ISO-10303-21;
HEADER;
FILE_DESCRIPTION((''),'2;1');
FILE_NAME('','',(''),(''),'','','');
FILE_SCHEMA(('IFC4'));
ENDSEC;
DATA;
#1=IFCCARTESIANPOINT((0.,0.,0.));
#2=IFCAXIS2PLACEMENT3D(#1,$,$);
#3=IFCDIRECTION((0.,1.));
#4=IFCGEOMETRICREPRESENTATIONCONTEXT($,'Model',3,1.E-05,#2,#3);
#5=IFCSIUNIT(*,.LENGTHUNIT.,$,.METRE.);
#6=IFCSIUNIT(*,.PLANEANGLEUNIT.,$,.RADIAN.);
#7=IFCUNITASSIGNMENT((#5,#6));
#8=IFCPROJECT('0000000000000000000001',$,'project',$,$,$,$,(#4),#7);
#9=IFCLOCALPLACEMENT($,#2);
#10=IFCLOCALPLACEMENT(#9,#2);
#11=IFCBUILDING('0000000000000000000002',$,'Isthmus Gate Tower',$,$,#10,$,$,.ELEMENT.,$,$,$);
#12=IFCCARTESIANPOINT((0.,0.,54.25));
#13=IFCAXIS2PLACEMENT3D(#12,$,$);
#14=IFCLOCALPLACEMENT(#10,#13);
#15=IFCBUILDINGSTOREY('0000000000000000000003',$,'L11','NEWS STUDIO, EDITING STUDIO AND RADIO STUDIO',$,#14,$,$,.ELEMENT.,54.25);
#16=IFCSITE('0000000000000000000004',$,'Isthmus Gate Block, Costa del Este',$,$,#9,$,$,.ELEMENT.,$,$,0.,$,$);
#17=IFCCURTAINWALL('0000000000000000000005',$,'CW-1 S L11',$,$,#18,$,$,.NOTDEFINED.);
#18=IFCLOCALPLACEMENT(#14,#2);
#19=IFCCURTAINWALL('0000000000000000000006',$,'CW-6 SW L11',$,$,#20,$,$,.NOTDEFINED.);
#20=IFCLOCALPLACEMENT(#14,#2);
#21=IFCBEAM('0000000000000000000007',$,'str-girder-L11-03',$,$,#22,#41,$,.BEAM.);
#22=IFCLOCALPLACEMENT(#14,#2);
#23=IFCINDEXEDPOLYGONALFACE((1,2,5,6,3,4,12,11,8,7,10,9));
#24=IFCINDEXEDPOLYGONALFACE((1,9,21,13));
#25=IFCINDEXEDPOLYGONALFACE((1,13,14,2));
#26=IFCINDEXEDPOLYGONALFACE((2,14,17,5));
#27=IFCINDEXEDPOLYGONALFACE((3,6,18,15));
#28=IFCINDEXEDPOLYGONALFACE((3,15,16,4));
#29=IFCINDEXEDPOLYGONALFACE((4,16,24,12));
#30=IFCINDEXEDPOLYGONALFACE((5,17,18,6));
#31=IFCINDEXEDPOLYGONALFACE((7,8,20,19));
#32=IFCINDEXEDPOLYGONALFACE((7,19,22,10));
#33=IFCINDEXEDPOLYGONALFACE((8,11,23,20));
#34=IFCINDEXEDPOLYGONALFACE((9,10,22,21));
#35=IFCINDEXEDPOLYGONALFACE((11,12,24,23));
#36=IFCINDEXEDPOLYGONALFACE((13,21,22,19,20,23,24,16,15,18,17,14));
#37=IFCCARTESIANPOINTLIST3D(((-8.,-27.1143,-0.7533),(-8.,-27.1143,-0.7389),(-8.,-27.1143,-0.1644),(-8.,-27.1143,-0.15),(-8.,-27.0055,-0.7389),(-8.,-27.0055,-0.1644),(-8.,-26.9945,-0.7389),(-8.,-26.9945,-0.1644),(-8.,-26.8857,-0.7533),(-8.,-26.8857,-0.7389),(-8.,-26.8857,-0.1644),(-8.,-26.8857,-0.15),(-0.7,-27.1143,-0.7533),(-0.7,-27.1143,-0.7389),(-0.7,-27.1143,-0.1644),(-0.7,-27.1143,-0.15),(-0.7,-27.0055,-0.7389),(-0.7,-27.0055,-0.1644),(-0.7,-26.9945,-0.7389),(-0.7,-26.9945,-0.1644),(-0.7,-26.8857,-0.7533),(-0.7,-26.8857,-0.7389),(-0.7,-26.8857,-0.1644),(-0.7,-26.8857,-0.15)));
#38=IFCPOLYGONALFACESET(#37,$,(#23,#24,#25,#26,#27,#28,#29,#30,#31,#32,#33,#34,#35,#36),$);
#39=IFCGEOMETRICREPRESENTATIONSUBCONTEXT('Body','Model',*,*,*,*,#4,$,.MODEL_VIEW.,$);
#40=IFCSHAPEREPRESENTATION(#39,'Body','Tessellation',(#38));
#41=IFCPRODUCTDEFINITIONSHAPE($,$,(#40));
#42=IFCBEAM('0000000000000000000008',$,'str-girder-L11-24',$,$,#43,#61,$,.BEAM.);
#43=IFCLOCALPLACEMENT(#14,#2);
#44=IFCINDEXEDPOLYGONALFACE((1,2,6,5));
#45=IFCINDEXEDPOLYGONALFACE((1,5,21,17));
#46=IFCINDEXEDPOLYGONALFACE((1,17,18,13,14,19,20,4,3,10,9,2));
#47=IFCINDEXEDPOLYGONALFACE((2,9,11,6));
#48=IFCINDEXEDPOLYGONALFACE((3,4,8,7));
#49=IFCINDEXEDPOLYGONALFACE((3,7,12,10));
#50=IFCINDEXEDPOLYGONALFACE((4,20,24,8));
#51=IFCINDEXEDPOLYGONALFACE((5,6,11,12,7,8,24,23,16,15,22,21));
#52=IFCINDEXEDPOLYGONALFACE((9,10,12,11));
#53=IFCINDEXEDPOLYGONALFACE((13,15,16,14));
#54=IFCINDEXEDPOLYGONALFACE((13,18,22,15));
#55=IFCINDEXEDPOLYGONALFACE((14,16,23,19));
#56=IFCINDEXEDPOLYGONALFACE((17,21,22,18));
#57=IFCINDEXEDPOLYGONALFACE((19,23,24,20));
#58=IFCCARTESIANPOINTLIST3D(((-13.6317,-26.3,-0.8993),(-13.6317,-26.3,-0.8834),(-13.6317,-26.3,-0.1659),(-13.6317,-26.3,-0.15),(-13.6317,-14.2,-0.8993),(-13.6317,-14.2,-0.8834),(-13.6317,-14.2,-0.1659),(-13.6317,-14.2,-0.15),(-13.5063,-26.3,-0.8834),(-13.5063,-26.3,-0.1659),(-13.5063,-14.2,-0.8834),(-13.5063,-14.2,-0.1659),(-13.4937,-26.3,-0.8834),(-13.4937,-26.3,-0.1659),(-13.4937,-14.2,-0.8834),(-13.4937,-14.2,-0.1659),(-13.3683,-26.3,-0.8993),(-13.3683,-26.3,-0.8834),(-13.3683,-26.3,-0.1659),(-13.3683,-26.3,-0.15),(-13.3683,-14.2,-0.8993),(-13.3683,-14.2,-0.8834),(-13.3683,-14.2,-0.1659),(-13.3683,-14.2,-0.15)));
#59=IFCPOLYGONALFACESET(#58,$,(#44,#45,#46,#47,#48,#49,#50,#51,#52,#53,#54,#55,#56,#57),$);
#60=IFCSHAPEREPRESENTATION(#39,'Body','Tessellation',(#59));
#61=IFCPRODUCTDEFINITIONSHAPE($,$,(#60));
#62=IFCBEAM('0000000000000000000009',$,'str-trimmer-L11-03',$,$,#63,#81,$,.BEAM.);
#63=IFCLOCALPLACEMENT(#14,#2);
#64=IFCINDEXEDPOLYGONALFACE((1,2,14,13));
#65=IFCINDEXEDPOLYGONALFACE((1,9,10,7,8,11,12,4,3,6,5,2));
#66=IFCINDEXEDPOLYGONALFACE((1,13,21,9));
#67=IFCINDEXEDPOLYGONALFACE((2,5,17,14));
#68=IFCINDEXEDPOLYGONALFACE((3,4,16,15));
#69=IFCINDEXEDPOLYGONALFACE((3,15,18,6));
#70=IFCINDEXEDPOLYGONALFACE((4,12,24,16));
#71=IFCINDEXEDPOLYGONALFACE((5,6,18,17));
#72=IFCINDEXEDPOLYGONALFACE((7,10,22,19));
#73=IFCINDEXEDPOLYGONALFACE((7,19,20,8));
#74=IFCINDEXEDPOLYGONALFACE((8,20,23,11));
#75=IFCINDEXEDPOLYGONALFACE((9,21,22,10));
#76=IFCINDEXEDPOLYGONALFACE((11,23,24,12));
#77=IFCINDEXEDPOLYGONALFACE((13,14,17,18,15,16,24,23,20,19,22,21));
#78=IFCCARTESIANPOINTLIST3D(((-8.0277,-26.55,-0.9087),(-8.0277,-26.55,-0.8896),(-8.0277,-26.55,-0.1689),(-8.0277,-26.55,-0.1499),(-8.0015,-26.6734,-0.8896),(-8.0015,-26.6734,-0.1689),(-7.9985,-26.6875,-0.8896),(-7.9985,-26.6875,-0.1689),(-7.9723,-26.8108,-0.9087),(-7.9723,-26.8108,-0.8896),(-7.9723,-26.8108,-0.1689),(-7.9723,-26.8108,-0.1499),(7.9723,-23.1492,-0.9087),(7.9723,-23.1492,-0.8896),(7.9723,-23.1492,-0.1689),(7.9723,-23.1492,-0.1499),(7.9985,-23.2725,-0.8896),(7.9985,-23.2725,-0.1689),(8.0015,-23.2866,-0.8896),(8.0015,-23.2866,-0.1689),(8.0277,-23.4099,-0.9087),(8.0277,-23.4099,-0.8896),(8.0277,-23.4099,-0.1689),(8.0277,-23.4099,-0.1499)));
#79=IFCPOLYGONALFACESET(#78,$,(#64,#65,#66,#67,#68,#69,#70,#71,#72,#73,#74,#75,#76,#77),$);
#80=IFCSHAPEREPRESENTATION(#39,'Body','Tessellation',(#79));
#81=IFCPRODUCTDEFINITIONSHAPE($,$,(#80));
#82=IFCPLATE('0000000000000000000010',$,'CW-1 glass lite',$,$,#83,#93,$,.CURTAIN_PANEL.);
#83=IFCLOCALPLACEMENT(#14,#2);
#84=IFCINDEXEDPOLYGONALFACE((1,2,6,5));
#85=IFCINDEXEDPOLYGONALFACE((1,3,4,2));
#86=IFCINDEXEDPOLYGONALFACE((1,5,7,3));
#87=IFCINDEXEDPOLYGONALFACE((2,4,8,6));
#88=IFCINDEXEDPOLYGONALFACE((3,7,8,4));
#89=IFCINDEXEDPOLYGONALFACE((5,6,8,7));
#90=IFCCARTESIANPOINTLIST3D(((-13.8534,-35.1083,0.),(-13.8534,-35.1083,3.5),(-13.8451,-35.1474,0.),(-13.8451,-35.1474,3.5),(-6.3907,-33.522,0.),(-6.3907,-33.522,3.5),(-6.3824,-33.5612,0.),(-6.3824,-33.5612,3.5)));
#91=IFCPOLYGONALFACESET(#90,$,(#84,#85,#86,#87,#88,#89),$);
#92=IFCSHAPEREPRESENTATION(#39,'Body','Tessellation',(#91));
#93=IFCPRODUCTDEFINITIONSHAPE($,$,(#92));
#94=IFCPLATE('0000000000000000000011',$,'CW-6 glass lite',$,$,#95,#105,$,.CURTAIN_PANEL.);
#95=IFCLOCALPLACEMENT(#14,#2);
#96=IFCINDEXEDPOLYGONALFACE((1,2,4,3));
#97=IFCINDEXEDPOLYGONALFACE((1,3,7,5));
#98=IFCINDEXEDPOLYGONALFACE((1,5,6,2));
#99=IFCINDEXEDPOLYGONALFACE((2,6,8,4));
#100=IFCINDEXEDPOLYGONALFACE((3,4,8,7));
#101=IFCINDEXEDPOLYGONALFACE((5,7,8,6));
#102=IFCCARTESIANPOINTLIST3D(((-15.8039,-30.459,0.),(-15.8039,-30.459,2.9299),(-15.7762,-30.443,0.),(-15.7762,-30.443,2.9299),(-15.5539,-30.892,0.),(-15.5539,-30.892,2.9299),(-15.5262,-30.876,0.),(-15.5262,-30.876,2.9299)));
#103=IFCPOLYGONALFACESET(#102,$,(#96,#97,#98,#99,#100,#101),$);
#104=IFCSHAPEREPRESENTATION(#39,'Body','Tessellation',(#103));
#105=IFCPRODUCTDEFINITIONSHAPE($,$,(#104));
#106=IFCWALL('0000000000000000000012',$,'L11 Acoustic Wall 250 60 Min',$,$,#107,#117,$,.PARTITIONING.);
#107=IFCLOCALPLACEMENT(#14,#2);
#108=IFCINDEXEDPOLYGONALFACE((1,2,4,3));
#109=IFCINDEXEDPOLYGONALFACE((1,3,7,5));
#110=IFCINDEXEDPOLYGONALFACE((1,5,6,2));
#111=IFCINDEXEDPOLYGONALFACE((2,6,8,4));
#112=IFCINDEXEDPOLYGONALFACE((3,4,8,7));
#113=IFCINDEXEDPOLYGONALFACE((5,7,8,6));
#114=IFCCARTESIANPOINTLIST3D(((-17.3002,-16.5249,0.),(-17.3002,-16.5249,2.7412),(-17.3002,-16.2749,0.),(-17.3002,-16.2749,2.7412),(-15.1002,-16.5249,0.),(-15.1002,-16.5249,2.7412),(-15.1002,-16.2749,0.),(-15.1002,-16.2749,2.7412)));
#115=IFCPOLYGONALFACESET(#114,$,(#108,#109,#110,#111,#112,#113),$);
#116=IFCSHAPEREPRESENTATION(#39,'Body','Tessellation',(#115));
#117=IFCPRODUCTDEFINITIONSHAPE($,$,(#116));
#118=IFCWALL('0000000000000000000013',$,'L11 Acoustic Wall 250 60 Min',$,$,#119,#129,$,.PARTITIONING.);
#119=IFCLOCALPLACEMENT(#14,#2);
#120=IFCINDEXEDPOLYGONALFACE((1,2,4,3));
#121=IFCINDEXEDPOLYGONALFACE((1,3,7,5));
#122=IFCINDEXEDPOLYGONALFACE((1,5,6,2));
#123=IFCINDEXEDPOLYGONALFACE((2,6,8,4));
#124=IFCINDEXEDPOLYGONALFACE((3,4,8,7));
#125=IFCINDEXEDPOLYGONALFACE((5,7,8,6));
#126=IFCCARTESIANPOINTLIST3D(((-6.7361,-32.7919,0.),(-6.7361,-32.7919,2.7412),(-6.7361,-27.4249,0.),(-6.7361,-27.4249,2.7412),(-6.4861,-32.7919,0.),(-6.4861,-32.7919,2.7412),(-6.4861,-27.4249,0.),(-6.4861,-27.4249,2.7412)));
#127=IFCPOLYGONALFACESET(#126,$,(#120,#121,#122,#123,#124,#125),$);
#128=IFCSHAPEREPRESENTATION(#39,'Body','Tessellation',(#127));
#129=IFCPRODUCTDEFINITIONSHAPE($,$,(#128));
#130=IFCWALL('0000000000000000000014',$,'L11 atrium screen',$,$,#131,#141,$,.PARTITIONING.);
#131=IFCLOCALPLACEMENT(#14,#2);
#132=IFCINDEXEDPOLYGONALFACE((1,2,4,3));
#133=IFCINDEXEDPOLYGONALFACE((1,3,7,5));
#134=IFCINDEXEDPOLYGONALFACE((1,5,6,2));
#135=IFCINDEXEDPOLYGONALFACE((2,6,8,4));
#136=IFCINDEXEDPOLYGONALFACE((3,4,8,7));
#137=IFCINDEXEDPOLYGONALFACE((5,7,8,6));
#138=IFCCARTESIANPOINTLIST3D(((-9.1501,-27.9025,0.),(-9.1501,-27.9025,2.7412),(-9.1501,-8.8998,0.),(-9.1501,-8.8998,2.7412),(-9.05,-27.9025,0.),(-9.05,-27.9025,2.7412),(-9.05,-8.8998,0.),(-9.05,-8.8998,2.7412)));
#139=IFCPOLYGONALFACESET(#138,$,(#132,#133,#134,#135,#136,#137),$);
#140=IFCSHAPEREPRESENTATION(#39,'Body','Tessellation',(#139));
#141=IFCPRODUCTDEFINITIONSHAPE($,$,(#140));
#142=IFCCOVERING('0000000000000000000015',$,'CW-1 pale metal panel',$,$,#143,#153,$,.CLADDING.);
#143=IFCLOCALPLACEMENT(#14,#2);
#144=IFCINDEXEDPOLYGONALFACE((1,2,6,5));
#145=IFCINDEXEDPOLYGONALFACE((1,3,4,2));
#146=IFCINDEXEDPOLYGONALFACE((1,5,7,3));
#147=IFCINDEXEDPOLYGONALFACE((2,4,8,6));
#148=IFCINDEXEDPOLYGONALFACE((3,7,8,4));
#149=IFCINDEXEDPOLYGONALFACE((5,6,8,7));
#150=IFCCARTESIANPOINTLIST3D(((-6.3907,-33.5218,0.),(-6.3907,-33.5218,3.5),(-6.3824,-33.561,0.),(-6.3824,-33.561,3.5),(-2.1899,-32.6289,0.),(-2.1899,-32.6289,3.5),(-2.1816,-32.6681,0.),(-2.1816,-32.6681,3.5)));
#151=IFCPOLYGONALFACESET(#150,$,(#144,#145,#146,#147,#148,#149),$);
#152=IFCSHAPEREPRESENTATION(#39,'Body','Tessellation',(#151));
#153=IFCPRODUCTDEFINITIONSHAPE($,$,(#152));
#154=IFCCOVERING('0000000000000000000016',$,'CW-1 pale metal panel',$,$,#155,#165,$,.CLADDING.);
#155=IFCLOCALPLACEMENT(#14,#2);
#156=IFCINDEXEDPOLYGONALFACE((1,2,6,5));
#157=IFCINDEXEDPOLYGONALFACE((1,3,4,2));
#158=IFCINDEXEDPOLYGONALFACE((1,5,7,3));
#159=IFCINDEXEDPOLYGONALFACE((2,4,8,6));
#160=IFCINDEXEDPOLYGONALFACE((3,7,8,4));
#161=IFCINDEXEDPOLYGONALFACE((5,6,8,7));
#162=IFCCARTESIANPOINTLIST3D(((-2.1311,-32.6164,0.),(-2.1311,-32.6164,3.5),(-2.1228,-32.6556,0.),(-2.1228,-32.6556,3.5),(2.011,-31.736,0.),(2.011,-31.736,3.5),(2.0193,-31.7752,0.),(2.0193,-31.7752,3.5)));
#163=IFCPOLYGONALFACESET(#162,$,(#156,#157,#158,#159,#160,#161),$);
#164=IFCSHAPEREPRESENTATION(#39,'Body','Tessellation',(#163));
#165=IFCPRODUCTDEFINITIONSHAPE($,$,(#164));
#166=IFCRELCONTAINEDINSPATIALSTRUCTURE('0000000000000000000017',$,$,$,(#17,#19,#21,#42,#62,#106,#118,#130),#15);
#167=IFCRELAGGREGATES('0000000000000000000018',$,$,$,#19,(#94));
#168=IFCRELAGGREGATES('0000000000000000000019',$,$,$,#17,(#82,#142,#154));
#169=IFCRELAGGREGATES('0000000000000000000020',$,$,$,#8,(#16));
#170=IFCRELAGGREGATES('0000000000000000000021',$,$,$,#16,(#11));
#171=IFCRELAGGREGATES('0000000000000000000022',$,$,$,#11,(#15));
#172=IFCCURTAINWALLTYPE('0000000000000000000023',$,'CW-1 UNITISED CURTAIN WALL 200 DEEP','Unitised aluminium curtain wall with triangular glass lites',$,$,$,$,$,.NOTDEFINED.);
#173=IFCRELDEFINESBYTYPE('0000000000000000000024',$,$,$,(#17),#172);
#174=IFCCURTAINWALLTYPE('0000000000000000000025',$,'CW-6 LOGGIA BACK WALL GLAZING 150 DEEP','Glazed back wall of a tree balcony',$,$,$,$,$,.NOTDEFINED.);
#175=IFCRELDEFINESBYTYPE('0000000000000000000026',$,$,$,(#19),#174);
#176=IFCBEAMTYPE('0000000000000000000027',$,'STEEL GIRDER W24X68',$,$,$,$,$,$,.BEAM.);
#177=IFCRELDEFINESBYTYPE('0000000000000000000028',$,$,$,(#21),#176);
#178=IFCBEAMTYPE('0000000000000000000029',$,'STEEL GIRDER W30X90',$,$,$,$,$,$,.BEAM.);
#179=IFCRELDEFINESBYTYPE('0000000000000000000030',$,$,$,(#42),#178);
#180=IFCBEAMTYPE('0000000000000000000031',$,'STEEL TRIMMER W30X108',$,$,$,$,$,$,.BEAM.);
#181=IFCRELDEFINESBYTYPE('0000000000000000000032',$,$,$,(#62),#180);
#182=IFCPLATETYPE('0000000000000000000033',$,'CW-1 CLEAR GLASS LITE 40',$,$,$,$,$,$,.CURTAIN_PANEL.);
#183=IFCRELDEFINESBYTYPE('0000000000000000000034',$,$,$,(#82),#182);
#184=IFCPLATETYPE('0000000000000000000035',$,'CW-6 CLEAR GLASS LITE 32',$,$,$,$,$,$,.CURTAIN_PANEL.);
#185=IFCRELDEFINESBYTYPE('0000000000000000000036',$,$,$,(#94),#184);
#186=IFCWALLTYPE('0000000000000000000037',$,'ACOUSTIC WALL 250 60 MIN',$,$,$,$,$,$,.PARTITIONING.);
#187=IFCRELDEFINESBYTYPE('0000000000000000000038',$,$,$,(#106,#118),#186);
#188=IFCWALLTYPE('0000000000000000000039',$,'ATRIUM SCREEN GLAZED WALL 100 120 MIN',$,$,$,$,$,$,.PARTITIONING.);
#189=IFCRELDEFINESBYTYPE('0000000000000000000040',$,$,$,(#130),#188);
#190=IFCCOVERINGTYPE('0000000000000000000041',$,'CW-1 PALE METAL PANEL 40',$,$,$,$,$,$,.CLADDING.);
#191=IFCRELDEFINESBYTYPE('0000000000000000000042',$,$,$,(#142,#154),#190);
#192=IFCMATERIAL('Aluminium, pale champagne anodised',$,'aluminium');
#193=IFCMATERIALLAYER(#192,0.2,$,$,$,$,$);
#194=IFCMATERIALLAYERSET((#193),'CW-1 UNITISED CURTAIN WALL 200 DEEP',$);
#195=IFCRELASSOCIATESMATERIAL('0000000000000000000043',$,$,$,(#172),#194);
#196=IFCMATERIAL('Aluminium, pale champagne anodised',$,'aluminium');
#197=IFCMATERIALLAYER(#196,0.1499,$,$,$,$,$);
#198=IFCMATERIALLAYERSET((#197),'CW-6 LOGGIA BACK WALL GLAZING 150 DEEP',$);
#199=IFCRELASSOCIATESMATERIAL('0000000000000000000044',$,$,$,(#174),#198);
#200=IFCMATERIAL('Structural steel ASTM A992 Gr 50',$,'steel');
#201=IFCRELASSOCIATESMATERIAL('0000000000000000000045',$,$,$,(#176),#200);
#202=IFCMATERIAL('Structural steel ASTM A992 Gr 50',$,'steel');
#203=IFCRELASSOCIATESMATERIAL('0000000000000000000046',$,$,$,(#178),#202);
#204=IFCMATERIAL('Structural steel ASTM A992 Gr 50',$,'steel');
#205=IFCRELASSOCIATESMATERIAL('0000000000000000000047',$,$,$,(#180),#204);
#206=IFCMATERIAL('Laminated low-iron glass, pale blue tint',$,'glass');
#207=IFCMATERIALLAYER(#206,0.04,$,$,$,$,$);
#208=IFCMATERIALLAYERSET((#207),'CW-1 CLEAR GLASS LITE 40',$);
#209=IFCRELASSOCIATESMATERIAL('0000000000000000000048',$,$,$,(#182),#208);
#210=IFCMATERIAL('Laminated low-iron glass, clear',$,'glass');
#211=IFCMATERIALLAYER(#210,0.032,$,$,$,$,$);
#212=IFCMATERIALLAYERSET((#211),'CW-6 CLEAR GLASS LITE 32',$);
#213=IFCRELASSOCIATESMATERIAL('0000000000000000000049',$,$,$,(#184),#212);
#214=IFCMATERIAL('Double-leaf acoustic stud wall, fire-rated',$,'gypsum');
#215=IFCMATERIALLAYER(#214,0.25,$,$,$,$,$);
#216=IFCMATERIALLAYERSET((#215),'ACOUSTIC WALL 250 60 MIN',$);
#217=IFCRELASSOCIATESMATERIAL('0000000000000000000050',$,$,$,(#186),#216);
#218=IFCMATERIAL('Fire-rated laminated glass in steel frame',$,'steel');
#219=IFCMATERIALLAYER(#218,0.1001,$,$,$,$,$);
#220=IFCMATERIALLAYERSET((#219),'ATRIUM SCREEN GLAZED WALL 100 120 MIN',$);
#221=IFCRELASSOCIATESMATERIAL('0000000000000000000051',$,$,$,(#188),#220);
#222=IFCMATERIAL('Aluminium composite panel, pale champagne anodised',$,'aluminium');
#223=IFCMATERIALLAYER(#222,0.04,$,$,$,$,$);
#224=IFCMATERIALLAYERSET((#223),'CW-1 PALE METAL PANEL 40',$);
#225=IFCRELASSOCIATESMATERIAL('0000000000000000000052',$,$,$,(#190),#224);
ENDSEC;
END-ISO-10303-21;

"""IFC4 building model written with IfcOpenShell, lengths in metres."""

from ifc_helpers import new_model, si_unit, direction, frame, frame_2d, origin, origin_2d, place, context, subcontext, project, spatial, rectangle, i_section, extrude, material, layer, layer_set, material_profile, profile_set, type_object, element, aggregate, save


model = new_model("IFC4")

# Units and contexts
model_context = context("Model", 3, precision=1e-05, world=origin(), true_north=direction((0.0, 1.0)))
body_context = subcontext(model_context, "Body", "Model", "MODEL_VIEW")
ifc_project = project(units=[si_unit("LENGTHUNIT", "METRE"), si_unit("PLANEANGLEUNIT", "RADIAN")], contexts=[model_context])

# Site, building, storey
site_placement = place(None, origin())
site = spatial("IfcSite", under=ifc_project, at=site_placement, Name="Isthmus Gate Block, Costa del Este", CompositionType="ELEMENT", RefElevation=0.0)
building_placement = place(site_placement, origin())
building = spatial("IfcBuilding", under=site, at=building_placement, Name="Isthmus Gate Tower", CompositionType="ELEMENT")
storey_placement = place(building_placement, frame((0.0, 0.0, 54.25)))
storey = spatial("IfcBuildingStorey", under=building, at=storey_placement, Name="L11", Description="NEWS STUDIO, EDITING STUDIO AND RADIO STUDIO", CompositionType="ELEMENT", Elevation=54.25)

# Curtain wall
ifc_material_1 = material(Name="Aluminium, pale champagne anodised", Category="aluminium")
ifc_layer_1 = layer(ifc_material_1, 0.2)
ifc_layer_set_1 = layer_set([ifc_layer_1], Name="CW-1 UNITISED CURTAIN WALL 200 DEEP")
curtain_wall_type_1 = type_object("IfcCurtainWallType", Name="CW-1 UNITISED CURTAIN WALL 200 DEEP", Description="Unitised aluminium curtain wall with triangular glass lites", PredefinedType="NOTDEFINED", material=ifc_layer_set_1)
curtain_wall_1_placement = place(storey_placement, origin())
curtain_wall_1 = element("IfcCurtainWall", 1, at=curtain_wall_1_placement, inside=storey, type_object=curtain_wall_type_1, Name="CW-1 S L11", PredefinedType="NOTDEFINED")

# Curtain wall
ifc_material_2 = material(Name="Aluminium, pale champagne anodised", Category="aluminium")
ifc_layer_2 = layer(ifc_material_2, 0.1499)
ifc_layer_set_2 = layer_set([ifc_layer_2], Name="CW-6 LOGGIA BACK WALL GLAZING 150 DEEP")
curtain_wall_type_2 = type_object("IfcCurtainWallType", Name="CW-6 LOGGIA BACK WALL GLAZING 150 DEEP", Description="Glazed back wall of a tree balcony", PredefinedType="NOTDEFINED", material=ifc_layer_set_2)
curtain_wall_2_placement = place(storey_placement, origin())
curtain_wall_2 = element("IfcCurtainWall", 2, at=curtain_wall_2_placement, inside=storey, type_object=curtain_wall_type_2, Name="CW-6 SW L11", PredefinedType="NOTDEFINED")

# Beams
ifc_material_3 = material(Name="Structural steel ASTM A992 Gr 50", Category="steel")
ifc_material_profile_1 = material_profile(ifc_material_3, i_section(OverallWidth=0.2285, OverallDepth=0.6033, WebThickness=0.011, FlangeThickness=0.0144, at=origin_2d()), Name="W24X68")
ifc_profile_set_1 = profile_set([ifc_material_profile_1], Name="Structural steel ASTM A992 Gr 50")
beam_type_1 = type_object("IfcBeamType", Name="STEEL GIRDER W24X68", PredefinedType="BEAM", material=ifc_profile_set_1)
beam_1_placement = place(storey_placement, frame((-8.0, -27.0, -0.4517), z_axis=(1.0, 0.0, 0.0), x_axis=(0.0, 1.0, 0.0)))
element("IfcBeam", 3, at=beam_1_placement, inside=storey, type_object=beam_type_1, Name="str-girder-L11-03", PredefinedType="BEAM", context=body_context, shape_type="SweptSolid", body=[
    extrude(i_section(OverallWidth=0.2285, OverallDepth=0.6033, WebThickness=0.011, FlangeThickness=0.0144, at=origin_2d()), origin(), (0.0, 0.0, 1.0), 7.3),
])
ifc_material_4 = material(Name="Structural steel ASTM A992 Gr 50", Category="steel")
ifc_material_profile_2 = material_profile(ifc_material_4, i_section(OverallWidth=0.2634, OverallDepth=0.7493, WebThickness=0.0127, FlangeThickness=0.0159, at=origin_2d()), Name="W30X90")
ifc_profile_set_2 = profile_set([ifc_material_profile_2], Name="Structural steel ASTM A992 Gr 50")
beam_type_2 = type_object("IfcBeamType", Name="STEEL GIRDER W30X90", PredefinedType="BEAM", material=ifc_profile_set_2)
beam_2_placement = place(storey_placement, frame((-13.5, -26.3, -0.5247), z_axis=(0.0, 1.0, 0.0), x_axis=(-1.0, 0.0, 0.0)))
element("IfcBeam", 4, at=beam_2_placement, inside=storey, type_object=beam_type_2, Name="str-girder-L11-24", PredefinedType="BEAM", context=body_context, shape_type="SweptSolid", body=[
    extrude(i_section(OverallWidth=0.2634, OverallDepth=0.7493, WebThickness=0.0127, FlangeThickness=0.0159, at=origin_2d()), origin(), (0.0, 0.0, 1.0), 12.1001),
])
ifc_material_5 = material(Name="Structural steel ASTM A992 Gr 50", Category="steel")
ifc_material_profile_3 = material_profile(ifc_material_5, i_section(OverallWidth=0.2666, OverallDepth=0.7588, WebThickness=0.0144, FlangeThickness=0.019, at=origin_2d()), Name="W30X108")
ifc_profile_set_3 = profile_set([ifc_material_profile_3], Name="Structural steel ASTM A992 Gr 50")
beam_type_3 = type_object("IfcBeamType", Name="STEEL TRIMMER W30X108", PredefinedType="BEAM", material=ifc_profile_set_3)
beam_3_placement = place(storey_placement, frame((-8.0, -26.6804, -0.5293), z_axis=(0.978148, 0.20791, 0.0), x_axis=(-0.20791, 0.978148, 0.0)))
element("IfcBeam", 5, at=beam_3_placement, inside=storey, type_object=beam_type_3, Name="str-trimmer-L11-03", PredefinedType="BEAM", context=body_context, shape_type="SweptSolid", body=[
    extrude(i_section(OverallWidth=0.2666, OverallDepth=0.7588, WebThickness=0.0144, FlangeThickness=0.019, at=origin_2d()), origin(), (0.0, 0.0, 1.0), 16.3574),
])

# Plates
ifc_material_6 = material(Name="Laminated low-iron glass, pale blue tint", Category="glass")
ifc_layer_3 = layer(ifc_material_6, 0.04)
ifc_layer_set_3 = layer_set([ifc_layer_3], Name="CW-1 CLEAR GLASS LITE 40")
plate_type_1 = type_object("IfcPlateType", Name="CW-1 CLEAR GLASS LITE 40", PredefinedType="CURTAIN_PANEL", material=ifc_layer_set_3)
plate_1_placement = place(storey_placement, frame((-10.1179, -34.3347, 0.0), z_axis=(0.0, 0.0, 1.0), x_axis=(0.978148, 0.207912, 0.0)))
plate_1 = element("IfcPlate", 6, at=plate_1_placement, type_object=plate_type_1, Name="CW-1 glass lite", PredefinedType="CURTAIN_PANEL", context=body_context, shape_type="SweptSolid", body=[
    extrude(rectangle(XDim=7.6294, YDim=0.04, at=origin_2d()), origin(), (0.0, 0.0, 1.0), 3.5),
])
ifc_material_7 = material(Name="Laminated low-iron glass, clear", Category="glass")
ifc_layer_4 = layer(ifc_material_7, 0.032)
ifc_layer_set_4 = layer_set([ifc_layer_4], Name="CW-6 CLEAR GLASS LITE 32")
plate_type_2 = type_object("IfcPlateType", Name="CW-6 CLEAR GLASS LITE 32", PredefinedType="CURTAIN_PANEL", material=ifc_layer_set_4)
plate_2_placement = place(storey_placement, frame((-15.665, -30.6675, 0.0), z_axis=(0.0, 0.0, 1.0), x_axis=(0.5, -0.866025, 0.0)))
plate_2 = element("IfcPlate", 7, at=plate_2_placement, type_object=plate_type_2, Name="CW-6 glass lite", PredefinedType="CURTAIN_PANEL", context=body_context, shape_type="SweptSolid", body=[
    extrude(rectangle(XDim=0.5, YDim=0.032, at=origin_2d()), origin(), (0.0, 0.0, 1.0), 2.9299),
])
aggregate(curtain_wall_2, [plate_2])

# Walls
ifc_material_8 = material(Name="Double-leaf acoustic stud wall, fire-rated", Category="gypsum")
ifc_layer_5 = layer(ifc_material_8, 0.25)
ifc_layer_set_5 = layer_set([ifc_layer_5], Name="ACOUSTIC WALL 250 60 MIN")
wall_type_1 = type_object("IfcWallType", Name="ACOUSTIC WALL 250 60 MIN", PredefinedType="PARTITIONING", material=ifc_layer_set_5)
wall_1_placement = place(storey_placement, frame((-15.1001, -16.3999, 0.0), z_axis=(0.0, 0.0, 1.0), x_axis=(-1.0, 0.0, 0.0)))
element("IfcWall", 8, at=wall_1_placement, inside=storey, type_object=wall_type_1, Name="L11 Acoustic Wall 250 60 Min", PredefinedType="PARTITIONING", context=body_context, shape_type="SweptSolid", body=[
    extrude(rectangle(XDim=2.2, YDim=0.25, at=frame_2d((1.1001, 0.0))), origin(), (0.0, 0.0, 1.0), 2.7412),
])
wall_2_placement = place(storey_placement, frame((-6.6111, -32.792, 0.0), z_axis=(0.0, 0.0, 1.0), x_axis=(0.0, 1.0, 0.0)))
element("IfcWall", 9, at=wall_2_placement, inside=storey, type_object=wall_type_1, Name="L11 Acoustic Wall 250 60 Min", PredefinedType="PARTITIONING", context=body_context, shape_type="SweptSolid", body=[
    extrude(rectangle(XDim=5.3669, YDim=0.25, at=frame_2d((2.6836, 0.0))), origin(), (0.0, 0.0, 1.0), 2.7412),
])
ifc_material_9 = material(Name="Fire-rated laminated glass in steel frame", Category="steel")
ifc_layer_6 = layer(ifc_material_9, 0.1001)
ifc_layer_set_6 = layer_set([ifc_layer_6], Name="ATRIUM SCREEN GLAZED WALL 100 120 MIN")
wall_type_2 = type_object("IfcWallType", Name="ATRIUM SCREEN GLAZED WALL 100 120 MIN", PredefinedType="PARTITIONING", material=ifc_layer_set_6)
wall_3_placement = place(storey_placement, frame((-9.1001, -27.9026, 0.0), z_axis=(0.0, 0.0, 1.0), x_axis=(0.0, 1.0, 0.0)))
element("IfcWall", 10, at=wall_3_placement, inside=storey, type_object=wall_type_2, Name="L11 atrium screen", PredefinedType="PARTITIONING", context=body_context, shape_type="SweptSolid", body=[
    extrude(rectangle(XDim=19.0027, YDim=0.1001, at=frame_2d((9.5015, 0.0))), origin(), (0.0, 0.0, 1.0), 2.7412),
])

# Coverings
ifc_material_10 = material(Name="Aluminium composite panel, pale champagne anodised", Category="aluminium")
ifc_layer_7 = layer(ifc_material_10, 0.04)
ifc_layer_set_7 = layer_set([ifc_layer_7], Name="CW-1 PALE METAL PANEL 40")
covering_type = type_object("IfcCoveringType", Name="CW-1 PALE METAL PANEL 40", PredefinedType="CLADDING", material=ifc_layer_set_7)
covering_1_placement = place(storey_placement, frame((-4.2861, -33.095, 0.0), z_axis=(0.0, 0.0, 1.0), x_axis=(0.978148, 0.207912, 0.0)))
covering_1 = element("IfcCovering", 11, at=covering_1_placement, type_object=covering_type, Name="CW-1 pale metal panel", PredefinedType="CLADDING", context=body_context, shape_type="SweptSolid", body=[
    extrude(rectangle(XDim=4.2947, YDim=0.04, at=origin_2d()), origin(), (0.0, 0.0, 1.0), 3.5),
])
covering_2_placement = place(storey_placement, frame((-0.0559, -32.1958, 0.0), z_axis=(0.0, 0.0, 1.0), x_axis=(0.978148, 0.207912, 0.0)))
covering_2 = element("IfcCovering", 12, at=covering_2_placement, type_object=covering_type, Name="CW-1 pale metal panel", PredefinedType="CLADDING", context=body_context, shape_type="SweptSolid", body=[
    extrude(rectangle(XDim=4.2346, YDim=0.04, at=origin_2d()), origin(), (0.0, 0.0, 1.0), 3.5),
])
aggregate(curtain_wall_1, [plate_1, covering_1, covering_2])

save(model, "model.ifc")
